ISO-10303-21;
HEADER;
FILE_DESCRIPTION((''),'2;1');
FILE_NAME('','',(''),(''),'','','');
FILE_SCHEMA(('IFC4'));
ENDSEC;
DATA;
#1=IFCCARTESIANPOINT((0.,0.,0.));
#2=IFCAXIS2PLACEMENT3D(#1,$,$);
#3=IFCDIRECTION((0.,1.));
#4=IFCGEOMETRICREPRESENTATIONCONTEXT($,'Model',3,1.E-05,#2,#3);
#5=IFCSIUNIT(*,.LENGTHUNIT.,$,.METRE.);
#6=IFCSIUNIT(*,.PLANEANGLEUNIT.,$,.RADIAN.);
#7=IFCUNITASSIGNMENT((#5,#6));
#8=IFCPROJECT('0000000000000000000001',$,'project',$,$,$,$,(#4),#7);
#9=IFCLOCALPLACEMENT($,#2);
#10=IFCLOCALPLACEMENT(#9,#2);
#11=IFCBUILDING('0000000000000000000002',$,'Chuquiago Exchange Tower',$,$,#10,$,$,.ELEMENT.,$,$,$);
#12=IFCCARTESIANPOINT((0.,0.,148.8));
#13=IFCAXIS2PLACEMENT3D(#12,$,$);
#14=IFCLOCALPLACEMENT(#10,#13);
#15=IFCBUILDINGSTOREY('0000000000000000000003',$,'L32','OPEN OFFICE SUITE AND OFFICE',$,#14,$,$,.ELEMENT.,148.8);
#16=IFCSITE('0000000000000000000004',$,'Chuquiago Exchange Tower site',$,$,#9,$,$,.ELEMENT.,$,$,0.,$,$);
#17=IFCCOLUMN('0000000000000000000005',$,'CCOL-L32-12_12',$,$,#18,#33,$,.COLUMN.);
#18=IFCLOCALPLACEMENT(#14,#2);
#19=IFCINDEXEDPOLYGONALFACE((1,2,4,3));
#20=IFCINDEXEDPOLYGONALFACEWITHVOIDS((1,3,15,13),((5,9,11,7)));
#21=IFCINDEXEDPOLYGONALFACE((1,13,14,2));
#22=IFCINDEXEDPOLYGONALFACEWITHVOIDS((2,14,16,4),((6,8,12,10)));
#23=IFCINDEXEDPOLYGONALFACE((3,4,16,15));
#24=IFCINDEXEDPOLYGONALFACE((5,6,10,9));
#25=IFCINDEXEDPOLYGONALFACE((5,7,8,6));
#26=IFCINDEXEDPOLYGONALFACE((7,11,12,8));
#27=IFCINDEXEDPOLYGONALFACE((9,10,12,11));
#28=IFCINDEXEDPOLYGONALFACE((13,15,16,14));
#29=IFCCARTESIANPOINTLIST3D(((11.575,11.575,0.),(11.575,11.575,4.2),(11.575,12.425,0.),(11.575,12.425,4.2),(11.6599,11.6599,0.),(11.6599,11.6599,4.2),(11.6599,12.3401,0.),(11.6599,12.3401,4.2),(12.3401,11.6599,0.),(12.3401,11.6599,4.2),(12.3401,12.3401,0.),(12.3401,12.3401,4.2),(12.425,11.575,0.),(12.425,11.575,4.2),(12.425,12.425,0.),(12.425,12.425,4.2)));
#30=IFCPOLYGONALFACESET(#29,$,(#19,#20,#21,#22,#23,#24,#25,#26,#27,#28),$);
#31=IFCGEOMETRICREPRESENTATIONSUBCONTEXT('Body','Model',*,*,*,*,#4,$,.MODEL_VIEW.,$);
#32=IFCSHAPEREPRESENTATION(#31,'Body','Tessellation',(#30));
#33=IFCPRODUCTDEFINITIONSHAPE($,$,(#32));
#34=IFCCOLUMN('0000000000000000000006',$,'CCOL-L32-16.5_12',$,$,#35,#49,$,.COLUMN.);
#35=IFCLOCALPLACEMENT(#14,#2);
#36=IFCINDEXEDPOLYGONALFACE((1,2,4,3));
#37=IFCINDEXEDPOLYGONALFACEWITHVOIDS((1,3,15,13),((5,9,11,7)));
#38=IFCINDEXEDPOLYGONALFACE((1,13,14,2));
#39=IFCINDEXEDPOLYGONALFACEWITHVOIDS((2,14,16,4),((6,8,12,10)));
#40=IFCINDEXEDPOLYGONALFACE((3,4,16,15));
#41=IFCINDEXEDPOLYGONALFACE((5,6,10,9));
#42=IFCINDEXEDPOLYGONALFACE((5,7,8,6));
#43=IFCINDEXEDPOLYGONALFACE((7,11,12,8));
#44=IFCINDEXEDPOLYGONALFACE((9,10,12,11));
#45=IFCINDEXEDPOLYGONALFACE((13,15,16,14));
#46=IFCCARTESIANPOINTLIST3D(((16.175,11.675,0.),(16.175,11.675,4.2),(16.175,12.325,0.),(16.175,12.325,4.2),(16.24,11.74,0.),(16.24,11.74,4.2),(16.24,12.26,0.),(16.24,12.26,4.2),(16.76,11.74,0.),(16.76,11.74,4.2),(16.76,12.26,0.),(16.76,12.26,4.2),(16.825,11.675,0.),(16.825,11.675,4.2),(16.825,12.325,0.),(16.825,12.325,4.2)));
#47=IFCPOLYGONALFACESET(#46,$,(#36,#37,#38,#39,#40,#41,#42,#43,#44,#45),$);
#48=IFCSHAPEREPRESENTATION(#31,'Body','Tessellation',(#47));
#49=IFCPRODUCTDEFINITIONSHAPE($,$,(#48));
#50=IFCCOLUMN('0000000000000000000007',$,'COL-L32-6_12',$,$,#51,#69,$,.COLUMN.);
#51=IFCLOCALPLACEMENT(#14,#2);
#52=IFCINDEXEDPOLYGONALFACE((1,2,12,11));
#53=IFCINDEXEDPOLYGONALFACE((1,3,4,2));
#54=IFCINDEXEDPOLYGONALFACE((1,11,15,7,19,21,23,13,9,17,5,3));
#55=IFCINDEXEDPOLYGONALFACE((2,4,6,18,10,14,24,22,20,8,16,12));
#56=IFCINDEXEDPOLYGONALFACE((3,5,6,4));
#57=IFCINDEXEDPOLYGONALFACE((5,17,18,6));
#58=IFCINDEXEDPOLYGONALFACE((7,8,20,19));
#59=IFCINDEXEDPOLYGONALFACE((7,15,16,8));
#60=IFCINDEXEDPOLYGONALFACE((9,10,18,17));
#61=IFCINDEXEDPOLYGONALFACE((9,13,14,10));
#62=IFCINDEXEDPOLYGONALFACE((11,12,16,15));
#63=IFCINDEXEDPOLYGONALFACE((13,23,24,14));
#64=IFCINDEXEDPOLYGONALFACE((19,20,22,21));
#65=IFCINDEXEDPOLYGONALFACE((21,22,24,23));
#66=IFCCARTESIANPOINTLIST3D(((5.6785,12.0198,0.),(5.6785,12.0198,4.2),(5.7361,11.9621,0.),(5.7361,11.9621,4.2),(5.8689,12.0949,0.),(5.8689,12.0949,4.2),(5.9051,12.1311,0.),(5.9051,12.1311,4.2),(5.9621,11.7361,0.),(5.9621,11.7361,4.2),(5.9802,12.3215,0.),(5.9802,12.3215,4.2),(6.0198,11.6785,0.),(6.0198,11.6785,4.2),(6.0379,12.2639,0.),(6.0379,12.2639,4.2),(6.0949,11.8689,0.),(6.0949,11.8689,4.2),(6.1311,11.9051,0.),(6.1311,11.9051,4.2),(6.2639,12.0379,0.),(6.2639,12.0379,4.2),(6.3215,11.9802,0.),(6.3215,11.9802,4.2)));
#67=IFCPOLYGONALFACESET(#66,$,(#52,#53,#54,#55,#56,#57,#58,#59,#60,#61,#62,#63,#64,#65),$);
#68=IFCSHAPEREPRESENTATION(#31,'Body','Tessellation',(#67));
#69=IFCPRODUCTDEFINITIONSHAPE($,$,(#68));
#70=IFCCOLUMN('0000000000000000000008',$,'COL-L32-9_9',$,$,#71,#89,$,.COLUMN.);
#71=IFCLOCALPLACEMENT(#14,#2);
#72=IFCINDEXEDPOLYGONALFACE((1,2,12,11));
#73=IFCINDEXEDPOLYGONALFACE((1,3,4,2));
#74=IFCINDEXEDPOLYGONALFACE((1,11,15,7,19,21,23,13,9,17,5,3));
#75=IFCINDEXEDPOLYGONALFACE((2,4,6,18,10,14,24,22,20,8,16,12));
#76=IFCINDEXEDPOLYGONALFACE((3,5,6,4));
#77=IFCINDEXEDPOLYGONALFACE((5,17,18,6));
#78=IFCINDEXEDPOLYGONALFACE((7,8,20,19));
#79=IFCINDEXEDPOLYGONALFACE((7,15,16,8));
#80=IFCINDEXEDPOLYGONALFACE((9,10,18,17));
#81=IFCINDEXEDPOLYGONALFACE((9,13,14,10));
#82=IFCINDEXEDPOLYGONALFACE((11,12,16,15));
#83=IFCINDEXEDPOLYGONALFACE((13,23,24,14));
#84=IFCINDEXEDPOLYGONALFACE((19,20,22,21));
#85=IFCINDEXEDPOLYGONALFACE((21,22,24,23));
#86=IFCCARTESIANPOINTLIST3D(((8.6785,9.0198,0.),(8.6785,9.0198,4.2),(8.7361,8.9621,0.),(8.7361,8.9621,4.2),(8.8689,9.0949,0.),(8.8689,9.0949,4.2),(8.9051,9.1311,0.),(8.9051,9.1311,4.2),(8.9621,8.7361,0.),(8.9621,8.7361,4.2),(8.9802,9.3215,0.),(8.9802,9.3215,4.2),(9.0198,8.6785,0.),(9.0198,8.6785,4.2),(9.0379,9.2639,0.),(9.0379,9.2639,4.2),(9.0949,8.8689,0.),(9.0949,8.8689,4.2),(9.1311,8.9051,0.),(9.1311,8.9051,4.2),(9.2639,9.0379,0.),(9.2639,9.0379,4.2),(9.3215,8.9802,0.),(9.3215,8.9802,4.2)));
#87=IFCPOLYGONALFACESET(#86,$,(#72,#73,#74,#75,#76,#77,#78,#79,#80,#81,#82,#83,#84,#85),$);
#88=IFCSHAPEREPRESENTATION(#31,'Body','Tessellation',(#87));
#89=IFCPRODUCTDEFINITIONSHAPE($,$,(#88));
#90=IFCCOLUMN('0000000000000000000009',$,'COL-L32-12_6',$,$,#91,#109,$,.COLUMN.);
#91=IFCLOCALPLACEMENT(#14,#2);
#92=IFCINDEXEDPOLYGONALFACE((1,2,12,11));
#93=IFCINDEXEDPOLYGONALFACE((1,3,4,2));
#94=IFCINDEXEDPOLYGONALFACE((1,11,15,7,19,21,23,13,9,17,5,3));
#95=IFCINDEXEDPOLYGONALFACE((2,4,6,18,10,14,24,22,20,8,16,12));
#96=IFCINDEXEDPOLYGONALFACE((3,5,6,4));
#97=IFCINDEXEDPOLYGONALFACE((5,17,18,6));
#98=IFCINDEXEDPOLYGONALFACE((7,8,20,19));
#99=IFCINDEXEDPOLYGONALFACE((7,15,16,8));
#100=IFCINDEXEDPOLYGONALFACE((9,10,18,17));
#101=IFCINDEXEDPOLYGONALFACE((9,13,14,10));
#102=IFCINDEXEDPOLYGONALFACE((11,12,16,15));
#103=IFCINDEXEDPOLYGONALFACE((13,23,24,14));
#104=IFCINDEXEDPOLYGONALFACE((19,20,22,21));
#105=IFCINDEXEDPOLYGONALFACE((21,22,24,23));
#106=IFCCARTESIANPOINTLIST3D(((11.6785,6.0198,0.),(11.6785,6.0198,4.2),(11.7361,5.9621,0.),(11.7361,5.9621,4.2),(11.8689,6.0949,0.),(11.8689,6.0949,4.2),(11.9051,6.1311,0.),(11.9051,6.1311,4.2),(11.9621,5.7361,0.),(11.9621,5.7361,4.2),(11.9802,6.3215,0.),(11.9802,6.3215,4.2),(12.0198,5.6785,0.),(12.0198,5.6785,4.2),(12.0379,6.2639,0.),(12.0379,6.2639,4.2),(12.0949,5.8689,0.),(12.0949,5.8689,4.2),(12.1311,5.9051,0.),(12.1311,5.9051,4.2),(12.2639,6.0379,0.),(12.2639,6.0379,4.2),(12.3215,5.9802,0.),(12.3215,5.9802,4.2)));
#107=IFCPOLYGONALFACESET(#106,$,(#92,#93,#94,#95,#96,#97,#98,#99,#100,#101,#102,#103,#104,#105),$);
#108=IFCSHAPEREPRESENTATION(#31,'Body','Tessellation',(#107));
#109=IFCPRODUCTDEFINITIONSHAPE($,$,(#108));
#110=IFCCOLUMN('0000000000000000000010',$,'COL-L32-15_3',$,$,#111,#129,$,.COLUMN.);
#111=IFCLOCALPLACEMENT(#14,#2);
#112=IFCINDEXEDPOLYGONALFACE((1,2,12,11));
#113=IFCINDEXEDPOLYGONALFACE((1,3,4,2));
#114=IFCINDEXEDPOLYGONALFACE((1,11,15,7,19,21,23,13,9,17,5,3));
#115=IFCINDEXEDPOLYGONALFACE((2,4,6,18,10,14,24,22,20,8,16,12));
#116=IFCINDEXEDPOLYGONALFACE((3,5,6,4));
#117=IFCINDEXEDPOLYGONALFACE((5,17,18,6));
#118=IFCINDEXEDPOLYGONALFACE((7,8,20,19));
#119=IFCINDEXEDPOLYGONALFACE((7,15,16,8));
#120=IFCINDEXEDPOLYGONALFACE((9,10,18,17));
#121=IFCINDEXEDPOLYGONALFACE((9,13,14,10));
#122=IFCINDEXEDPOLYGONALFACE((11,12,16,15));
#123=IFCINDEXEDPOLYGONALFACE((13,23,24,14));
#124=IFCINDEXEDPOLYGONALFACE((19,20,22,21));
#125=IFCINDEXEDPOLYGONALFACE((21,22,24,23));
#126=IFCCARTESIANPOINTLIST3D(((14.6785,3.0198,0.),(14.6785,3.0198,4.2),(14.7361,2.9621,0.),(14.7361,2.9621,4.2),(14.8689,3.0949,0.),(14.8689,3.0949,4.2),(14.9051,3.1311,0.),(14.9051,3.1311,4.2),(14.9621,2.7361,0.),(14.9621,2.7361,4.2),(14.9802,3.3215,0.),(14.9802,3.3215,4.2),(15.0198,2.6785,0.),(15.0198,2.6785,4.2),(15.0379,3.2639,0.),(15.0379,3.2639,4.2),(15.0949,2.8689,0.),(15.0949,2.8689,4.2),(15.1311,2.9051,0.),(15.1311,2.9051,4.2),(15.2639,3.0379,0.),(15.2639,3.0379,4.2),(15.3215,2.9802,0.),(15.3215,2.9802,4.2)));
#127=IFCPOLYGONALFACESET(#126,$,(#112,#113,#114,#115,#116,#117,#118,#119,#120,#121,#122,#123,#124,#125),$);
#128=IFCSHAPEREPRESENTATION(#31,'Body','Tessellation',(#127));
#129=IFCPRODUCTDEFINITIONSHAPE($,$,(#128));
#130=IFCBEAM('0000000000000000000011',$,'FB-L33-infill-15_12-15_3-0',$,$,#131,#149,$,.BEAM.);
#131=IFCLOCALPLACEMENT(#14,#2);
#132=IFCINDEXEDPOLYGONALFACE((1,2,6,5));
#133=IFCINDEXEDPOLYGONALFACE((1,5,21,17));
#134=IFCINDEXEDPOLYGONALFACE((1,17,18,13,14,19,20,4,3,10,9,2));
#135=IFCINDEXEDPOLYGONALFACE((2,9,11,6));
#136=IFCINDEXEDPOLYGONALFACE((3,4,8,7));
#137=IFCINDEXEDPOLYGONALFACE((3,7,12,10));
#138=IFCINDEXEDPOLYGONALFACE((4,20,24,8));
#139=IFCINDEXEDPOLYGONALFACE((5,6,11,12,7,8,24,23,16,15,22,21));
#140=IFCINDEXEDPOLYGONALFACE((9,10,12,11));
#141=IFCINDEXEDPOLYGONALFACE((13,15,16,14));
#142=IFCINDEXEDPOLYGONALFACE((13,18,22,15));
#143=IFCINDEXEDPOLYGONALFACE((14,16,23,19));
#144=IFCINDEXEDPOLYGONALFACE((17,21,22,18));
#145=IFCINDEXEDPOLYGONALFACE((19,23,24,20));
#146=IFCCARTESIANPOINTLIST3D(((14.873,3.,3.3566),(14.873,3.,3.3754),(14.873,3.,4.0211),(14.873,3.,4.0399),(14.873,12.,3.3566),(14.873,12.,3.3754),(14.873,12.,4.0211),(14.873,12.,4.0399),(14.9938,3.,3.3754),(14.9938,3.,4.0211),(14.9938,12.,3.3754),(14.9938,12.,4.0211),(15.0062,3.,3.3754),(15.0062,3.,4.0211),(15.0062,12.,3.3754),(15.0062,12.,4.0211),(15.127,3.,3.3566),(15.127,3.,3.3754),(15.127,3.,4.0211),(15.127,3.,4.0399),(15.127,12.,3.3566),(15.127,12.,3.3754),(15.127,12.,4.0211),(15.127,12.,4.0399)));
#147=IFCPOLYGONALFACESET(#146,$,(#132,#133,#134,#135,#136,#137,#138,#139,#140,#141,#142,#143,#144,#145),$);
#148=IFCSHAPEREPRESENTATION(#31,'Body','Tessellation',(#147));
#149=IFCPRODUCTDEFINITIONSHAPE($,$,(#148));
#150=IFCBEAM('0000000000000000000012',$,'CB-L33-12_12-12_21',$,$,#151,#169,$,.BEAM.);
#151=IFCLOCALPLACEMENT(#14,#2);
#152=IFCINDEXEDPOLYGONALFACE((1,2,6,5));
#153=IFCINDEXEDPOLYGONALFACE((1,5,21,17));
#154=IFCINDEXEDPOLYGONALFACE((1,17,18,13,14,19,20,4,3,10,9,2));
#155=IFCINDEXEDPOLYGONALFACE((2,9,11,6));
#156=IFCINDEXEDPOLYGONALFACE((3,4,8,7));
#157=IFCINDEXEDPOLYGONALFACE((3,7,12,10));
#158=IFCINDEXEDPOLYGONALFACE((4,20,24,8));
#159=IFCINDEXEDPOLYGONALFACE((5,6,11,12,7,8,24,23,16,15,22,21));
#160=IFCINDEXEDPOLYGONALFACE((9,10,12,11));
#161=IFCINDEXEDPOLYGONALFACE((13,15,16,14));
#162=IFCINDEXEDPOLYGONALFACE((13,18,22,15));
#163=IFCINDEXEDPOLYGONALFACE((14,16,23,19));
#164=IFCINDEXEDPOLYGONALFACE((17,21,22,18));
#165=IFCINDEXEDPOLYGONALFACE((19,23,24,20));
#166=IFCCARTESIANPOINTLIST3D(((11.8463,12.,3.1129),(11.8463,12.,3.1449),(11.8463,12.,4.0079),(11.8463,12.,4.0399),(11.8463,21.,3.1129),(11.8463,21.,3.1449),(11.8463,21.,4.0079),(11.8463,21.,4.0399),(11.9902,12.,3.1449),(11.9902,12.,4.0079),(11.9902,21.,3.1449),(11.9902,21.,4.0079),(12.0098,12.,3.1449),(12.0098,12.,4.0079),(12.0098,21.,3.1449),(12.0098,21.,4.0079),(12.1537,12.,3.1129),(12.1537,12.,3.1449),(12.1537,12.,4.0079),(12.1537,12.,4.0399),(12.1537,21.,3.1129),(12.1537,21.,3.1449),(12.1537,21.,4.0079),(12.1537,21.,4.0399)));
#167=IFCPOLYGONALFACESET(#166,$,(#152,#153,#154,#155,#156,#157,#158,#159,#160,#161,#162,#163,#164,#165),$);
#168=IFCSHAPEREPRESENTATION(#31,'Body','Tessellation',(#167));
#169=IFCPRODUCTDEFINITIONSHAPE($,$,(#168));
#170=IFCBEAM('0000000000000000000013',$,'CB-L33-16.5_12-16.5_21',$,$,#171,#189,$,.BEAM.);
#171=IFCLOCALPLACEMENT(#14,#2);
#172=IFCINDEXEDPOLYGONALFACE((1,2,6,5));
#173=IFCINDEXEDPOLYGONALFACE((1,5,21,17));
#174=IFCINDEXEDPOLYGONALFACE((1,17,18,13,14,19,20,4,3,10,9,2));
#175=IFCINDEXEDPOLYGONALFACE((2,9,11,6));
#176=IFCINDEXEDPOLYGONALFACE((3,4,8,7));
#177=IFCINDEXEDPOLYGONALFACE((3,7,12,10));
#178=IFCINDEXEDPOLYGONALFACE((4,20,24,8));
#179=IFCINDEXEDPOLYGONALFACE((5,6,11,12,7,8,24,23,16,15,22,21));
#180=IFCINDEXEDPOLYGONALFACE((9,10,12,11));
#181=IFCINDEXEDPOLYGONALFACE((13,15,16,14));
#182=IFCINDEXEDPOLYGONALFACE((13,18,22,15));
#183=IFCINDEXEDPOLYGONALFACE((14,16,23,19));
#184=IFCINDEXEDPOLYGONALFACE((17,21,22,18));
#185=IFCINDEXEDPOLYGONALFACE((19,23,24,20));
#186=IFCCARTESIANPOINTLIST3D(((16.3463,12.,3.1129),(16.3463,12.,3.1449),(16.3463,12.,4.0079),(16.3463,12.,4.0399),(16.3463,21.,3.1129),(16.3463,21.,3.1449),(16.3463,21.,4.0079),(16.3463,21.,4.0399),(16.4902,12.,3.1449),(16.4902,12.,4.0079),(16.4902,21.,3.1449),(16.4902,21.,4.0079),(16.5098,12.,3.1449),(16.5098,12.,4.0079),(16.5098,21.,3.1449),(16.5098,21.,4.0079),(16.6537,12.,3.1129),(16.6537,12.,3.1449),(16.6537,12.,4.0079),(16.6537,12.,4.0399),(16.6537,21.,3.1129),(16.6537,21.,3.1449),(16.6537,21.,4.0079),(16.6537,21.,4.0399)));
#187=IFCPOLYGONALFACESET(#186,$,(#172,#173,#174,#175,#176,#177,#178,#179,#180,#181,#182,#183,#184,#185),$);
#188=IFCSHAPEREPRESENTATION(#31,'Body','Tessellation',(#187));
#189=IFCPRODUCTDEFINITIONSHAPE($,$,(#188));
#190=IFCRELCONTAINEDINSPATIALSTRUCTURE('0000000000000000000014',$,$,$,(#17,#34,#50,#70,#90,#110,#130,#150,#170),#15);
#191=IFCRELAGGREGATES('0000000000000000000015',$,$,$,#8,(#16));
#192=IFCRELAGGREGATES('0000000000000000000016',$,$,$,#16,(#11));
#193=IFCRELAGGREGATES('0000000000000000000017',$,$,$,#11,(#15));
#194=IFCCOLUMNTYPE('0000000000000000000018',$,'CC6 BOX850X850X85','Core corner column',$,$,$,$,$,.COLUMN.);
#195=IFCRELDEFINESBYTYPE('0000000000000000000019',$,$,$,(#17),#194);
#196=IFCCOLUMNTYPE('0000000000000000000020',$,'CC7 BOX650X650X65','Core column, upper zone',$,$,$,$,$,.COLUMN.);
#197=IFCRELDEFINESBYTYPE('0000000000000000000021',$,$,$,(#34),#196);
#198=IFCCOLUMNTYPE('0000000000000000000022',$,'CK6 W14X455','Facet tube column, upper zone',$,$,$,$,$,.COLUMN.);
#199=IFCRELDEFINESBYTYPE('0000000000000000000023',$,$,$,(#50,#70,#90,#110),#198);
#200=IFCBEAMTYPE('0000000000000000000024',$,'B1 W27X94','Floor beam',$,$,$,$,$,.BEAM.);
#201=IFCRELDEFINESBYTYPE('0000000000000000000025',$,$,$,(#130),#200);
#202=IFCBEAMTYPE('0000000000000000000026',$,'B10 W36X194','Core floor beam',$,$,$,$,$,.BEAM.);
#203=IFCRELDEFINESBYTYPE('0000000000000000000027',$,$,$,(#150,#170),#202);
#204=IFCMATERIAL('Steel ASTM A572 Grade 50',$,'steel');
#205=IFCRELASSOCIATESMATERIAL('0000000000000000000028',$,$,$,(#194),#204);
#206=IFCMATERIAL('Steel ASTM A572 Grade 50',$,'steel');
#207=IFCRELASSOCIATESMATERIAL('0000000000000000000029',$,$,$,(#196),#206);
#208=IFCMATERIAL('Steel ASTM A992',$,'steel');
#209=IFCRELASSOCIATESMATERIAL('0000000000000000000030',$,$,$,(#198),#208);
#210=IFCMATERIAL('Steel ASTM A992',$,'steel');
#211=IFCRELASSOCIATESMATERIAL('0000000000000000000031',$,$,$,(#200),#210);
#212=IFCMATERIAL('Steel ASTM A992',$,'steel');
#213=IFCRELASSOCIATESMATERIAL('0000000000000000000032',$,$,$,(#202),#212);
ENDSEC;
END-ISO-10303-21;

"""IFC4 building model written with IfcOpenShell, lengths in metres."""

from ifc_helpers import new_model, si_unit, direction, frame, origin, origin_2d, place, context, subcontext, project, spatial, hollow_rectangle, i_section, extrude, material, material_profile, profile_set, type_object, element, save


model = new_model("IFC4")

# Units and contexts
model_context = context("Model", 3, precision=1e-05, world=origin(), true_north=direction((0.0, 1.0)))
body_context = subcontext(model_context, "Body", "Model", "MODEL_VIEW")
ifc_project = project(units=[si_unit("LENGTHUNIT", "METRE"), si_unit("PLANEANGLEUNIT", "RADIAN")], contexts=[model_context])

# Site, building, storey
site_placement = place(None, origin())
site = spatial("IfcSite", under=ifc_project, at=site_placement, Name="Chuquiago Exchange Tower site", CompositionType="ELEMENT", RefElevation=0.0)
building_placement = place(site_placement, origin())
building = spatial("IfcBuilding", under=site, at=building_placement, Name="Chuquiago Exchange Tower", CompositionType="ELEMENT")
storey_placement = place(building_placement, frame((0.0, 0.0, 148.8)))
storey = spatial("IfcBuildingStorey", under=building, at=storey_placement, Name="L32", Description="OPEN OFFICE SUITE AND OFFICE", CompositionType="ELEMENT", Elevation=148.8)

# Columns
ifc_material_1 = material(Name="Steel ASTM A572 Grade 50", Category="steel")
ifc_material_profile_1 = material_profile(ifc_material_1, hollow_rectangle(XDim=0.8501, YDim=0.8501, WallThickness=0.085, at=origin_2d()), Name="BOX850X850X85")
ifc_profile_set_1 = profile_set([ifc_material_profile_1], Name="Steel ASTM A572 Grade 50")
column_type_1 = type_object("IfcColumnType", Name="CC6 BOX850X850X85", Description="Core corner column", PredefinedType="COLUMN", material=ifc_profile_set_1)
column_1_placement = place(storey_placement, frame((12.0, 12.0, 0.0), z_axis=(0.0, 0.0, 1.0), x_axis=(1.0, 0.0, 0.0)))
element("IfcColumn", 1, at=column_1_placement, inside=storey, type_object=column_type_1, Name="CCOL-L32-12_12", PredefinedType="COLUMN", context=body_context, shape_type="SweptSolid", body=[
    extrude(hollow_rectangle(XDim=0.8501, YDim=0.8501, WallThickness=0.085, at=origin_2d()), origin(), (0.0, 0.0, 1.0), 4.2),
])
ifc_material_2 = material(Name="Steel ASTM A572 Grade 50", Category="steel")
ifc_material_profile_2 = material_profile(ifc_material_2, hollow_rectangle(XDim=0.6499, YDim=0.6499, WallThickness=0.0649, at=origin_2d()), Name="BOX650X650X65")
ifc_profile_set_2 = profile_set([ifc_material_profile_2], Name="Steel ASTM A572 Grade 50")
column_type_2 = type_object("IfcColumnType", Name="CC7 BOX650X650X65", Description="Core column, upper zone", PredefinedType="COLUMN", material=ifc_profile_set_2)
column_2_placement = place(storey_placement, frame((16.5, 12.0, 0.0), z_axis=(0.0, 0.0, 1.0), x_axis=(1.0, 0.0, 0.0)))
element("IfcColumn", 2, at=column_2_placement, inside=storey, type_object=column_type_2, Name="CCOL-L32-16.5_12", PredefinedType="COLUMN", context=body_context, shape_type="SweptSolid", body=[
    extrude(hollow_rectangle(XDim=0.6499, YDim=0.6499, WallThickness=0.0649, at=origin_2d()), origin(), (0.0, 0.0, 1.0), 4.2),
])
ifc_material_3 = material(Name="Steel ASTM A992", Category="steel")
ifc_material_profile_3 = material_profile(ifc_material_3, i_section(OverallWidth=0.4268, OverallDepth=0.4827, WebThickness=0.0513, FlangeThickness=0.0815, at=origin_2d()), Name="W14X455")
ifc_profile_set_3 = profile_set([ifc_material_profile_3], Name="Steel ASTM A992")
column_type_3 = type_object("IfcColumnType", Name="CK6 W14X455", Description="Facet tube column, upper zone", PredefinedType="COLUMN", material=ifc_profile_set_3)
for number, where, z_axis, x_axis, name in (
    (3, (6.0, 12.0, 0.0), (0.0, 0.0, 1.0), (-0.707107, -0.707107, 0.0), "COL-L32-6_12"),
    (4, (9.0, 9.0, 0.0), (0.0, 0.0, 1.0), (-0.707107, -0.707107, 0.0), "COL-L32-9_9"),
    (5, (12.0, 6.0, 0.0), (0.0, 0.0, 1.0), (-0.707107, -0.707107, 0.0), "COL-L32-12_6"),
    (6, (15.0, 3.0, 0.0), (0.0, 0.0, 1.0), (-0.707107, -0.707107, 0.0), "COL-L32-15_3"),
):
    element("IfcColumn", number, at=place(storey_placement, frame(where, z_axis=z_axis, x_axis=x_axis)), inside=storey, type_object=column_type_3, Name=name, PredefinedType="COLUMN", context=body_context, shape_type="SweptSolid", body=[
        extrude(i_section(OverallWidth=0.4268, OverallDepth=0.4827, WebThickness=0.0513, FlangeThickness=0.0815, at=origin_2d()), origin(), (0.0, 0.0, 1.0), 4.2),
    ])

# Beams
ifc_material_4 = material(Name="Steel ASTM A992", Category="steel")
ifc_material_profile_4 = material_profile(ifc_material_4, i_section(OverallWidth=0.2539, OverallDepth=0.6833, WebThickness=0.0125, FlangeThickness=0.0188, at=origin_2d()), Name="W27X94")
ifc_profile_set_4 = profile_set([ifc_material_profile_4], Name="Steel ASTM A992")
beam_type_1 = type_object("IfcBeamType", Name="B1 W27X94", Description="Floor beam", PredefinedType="BEAM", material=ifc_profile_set_4)
beam_1_placement = place(storey_placement, frame((15.0, 12.0, 3.6982), z_axis=(0.0, -1.0, 0.0), x_axis=(1.0, 0.0, 0.0)))
element("IfcBeam", 7, at=beam_1_placement, inside=storey, type_object=beam_type_1, Name="FB-L33-infill-15_12-15_3-0", PredefinedType="BEAM", context=body_context, shape_type="SweptSolid", body=[
    extrude(i_section(OverallWidth=0.2539, OverallDepth=0.6833, WebThickness=0.0125, FlangeThickness=0.0188, at=origin_2d()), origin(), (0.0, 0.0, 1.0), 9.0),
])
ifc_material_5 = material(Name="Steel ASTM A992", Category="steel")
ifc_material_profile_5 = material_profile(ifc_material_5, i_section(OverallWidth=0.3074, OverallDepth=0.927, WebThickness=0.0195, FlangeThickness=0.032, at=origin_2d()), Name="W36X194")
ifc_profile_set_5 = profile_set([ifc_material_profile_5], Name="Steel ASTM A992")
beam_type_2 = type_object("IfcBeamType", Name="B10 W36X194", Description="Core floor beam", PredefinedType="BEAM", material=ifc_profile_set_5)
for number, where, z_axis, x_axis, name in (
    (8, (12.0, 12.0, 3.5764), (0.0, 1.0, 0.0), (-1.0, 0.0, 0.0), "CB-L33-12_12-12_21"),
    (9, (16.5, 12.0, 3.5764), (0.0, 1.0, 0.0), (-1.0, 0.0, 0.0), "CB-L33-16.5_12-16.5_21"),
):
    element("IfcBeam", number, at=place(storey_placement, frame(where, z_axis=z_axis, x_axis=x_axis)), inside=storey, type_object=beam_type_2, Name=name, PredefinedType="BEAM", context=body_context, shape_type="SweptSolid", body=[
        extrude(i_section(OverallWidth=0.3074, OverallDepth=0.927, WebThickness=0.0195, FlangeThickness=0.032, at=origin_2d()), origin(), (0.0, 0.0, 1.0), 9.0),
    ])

save(model, "model.ifc")
